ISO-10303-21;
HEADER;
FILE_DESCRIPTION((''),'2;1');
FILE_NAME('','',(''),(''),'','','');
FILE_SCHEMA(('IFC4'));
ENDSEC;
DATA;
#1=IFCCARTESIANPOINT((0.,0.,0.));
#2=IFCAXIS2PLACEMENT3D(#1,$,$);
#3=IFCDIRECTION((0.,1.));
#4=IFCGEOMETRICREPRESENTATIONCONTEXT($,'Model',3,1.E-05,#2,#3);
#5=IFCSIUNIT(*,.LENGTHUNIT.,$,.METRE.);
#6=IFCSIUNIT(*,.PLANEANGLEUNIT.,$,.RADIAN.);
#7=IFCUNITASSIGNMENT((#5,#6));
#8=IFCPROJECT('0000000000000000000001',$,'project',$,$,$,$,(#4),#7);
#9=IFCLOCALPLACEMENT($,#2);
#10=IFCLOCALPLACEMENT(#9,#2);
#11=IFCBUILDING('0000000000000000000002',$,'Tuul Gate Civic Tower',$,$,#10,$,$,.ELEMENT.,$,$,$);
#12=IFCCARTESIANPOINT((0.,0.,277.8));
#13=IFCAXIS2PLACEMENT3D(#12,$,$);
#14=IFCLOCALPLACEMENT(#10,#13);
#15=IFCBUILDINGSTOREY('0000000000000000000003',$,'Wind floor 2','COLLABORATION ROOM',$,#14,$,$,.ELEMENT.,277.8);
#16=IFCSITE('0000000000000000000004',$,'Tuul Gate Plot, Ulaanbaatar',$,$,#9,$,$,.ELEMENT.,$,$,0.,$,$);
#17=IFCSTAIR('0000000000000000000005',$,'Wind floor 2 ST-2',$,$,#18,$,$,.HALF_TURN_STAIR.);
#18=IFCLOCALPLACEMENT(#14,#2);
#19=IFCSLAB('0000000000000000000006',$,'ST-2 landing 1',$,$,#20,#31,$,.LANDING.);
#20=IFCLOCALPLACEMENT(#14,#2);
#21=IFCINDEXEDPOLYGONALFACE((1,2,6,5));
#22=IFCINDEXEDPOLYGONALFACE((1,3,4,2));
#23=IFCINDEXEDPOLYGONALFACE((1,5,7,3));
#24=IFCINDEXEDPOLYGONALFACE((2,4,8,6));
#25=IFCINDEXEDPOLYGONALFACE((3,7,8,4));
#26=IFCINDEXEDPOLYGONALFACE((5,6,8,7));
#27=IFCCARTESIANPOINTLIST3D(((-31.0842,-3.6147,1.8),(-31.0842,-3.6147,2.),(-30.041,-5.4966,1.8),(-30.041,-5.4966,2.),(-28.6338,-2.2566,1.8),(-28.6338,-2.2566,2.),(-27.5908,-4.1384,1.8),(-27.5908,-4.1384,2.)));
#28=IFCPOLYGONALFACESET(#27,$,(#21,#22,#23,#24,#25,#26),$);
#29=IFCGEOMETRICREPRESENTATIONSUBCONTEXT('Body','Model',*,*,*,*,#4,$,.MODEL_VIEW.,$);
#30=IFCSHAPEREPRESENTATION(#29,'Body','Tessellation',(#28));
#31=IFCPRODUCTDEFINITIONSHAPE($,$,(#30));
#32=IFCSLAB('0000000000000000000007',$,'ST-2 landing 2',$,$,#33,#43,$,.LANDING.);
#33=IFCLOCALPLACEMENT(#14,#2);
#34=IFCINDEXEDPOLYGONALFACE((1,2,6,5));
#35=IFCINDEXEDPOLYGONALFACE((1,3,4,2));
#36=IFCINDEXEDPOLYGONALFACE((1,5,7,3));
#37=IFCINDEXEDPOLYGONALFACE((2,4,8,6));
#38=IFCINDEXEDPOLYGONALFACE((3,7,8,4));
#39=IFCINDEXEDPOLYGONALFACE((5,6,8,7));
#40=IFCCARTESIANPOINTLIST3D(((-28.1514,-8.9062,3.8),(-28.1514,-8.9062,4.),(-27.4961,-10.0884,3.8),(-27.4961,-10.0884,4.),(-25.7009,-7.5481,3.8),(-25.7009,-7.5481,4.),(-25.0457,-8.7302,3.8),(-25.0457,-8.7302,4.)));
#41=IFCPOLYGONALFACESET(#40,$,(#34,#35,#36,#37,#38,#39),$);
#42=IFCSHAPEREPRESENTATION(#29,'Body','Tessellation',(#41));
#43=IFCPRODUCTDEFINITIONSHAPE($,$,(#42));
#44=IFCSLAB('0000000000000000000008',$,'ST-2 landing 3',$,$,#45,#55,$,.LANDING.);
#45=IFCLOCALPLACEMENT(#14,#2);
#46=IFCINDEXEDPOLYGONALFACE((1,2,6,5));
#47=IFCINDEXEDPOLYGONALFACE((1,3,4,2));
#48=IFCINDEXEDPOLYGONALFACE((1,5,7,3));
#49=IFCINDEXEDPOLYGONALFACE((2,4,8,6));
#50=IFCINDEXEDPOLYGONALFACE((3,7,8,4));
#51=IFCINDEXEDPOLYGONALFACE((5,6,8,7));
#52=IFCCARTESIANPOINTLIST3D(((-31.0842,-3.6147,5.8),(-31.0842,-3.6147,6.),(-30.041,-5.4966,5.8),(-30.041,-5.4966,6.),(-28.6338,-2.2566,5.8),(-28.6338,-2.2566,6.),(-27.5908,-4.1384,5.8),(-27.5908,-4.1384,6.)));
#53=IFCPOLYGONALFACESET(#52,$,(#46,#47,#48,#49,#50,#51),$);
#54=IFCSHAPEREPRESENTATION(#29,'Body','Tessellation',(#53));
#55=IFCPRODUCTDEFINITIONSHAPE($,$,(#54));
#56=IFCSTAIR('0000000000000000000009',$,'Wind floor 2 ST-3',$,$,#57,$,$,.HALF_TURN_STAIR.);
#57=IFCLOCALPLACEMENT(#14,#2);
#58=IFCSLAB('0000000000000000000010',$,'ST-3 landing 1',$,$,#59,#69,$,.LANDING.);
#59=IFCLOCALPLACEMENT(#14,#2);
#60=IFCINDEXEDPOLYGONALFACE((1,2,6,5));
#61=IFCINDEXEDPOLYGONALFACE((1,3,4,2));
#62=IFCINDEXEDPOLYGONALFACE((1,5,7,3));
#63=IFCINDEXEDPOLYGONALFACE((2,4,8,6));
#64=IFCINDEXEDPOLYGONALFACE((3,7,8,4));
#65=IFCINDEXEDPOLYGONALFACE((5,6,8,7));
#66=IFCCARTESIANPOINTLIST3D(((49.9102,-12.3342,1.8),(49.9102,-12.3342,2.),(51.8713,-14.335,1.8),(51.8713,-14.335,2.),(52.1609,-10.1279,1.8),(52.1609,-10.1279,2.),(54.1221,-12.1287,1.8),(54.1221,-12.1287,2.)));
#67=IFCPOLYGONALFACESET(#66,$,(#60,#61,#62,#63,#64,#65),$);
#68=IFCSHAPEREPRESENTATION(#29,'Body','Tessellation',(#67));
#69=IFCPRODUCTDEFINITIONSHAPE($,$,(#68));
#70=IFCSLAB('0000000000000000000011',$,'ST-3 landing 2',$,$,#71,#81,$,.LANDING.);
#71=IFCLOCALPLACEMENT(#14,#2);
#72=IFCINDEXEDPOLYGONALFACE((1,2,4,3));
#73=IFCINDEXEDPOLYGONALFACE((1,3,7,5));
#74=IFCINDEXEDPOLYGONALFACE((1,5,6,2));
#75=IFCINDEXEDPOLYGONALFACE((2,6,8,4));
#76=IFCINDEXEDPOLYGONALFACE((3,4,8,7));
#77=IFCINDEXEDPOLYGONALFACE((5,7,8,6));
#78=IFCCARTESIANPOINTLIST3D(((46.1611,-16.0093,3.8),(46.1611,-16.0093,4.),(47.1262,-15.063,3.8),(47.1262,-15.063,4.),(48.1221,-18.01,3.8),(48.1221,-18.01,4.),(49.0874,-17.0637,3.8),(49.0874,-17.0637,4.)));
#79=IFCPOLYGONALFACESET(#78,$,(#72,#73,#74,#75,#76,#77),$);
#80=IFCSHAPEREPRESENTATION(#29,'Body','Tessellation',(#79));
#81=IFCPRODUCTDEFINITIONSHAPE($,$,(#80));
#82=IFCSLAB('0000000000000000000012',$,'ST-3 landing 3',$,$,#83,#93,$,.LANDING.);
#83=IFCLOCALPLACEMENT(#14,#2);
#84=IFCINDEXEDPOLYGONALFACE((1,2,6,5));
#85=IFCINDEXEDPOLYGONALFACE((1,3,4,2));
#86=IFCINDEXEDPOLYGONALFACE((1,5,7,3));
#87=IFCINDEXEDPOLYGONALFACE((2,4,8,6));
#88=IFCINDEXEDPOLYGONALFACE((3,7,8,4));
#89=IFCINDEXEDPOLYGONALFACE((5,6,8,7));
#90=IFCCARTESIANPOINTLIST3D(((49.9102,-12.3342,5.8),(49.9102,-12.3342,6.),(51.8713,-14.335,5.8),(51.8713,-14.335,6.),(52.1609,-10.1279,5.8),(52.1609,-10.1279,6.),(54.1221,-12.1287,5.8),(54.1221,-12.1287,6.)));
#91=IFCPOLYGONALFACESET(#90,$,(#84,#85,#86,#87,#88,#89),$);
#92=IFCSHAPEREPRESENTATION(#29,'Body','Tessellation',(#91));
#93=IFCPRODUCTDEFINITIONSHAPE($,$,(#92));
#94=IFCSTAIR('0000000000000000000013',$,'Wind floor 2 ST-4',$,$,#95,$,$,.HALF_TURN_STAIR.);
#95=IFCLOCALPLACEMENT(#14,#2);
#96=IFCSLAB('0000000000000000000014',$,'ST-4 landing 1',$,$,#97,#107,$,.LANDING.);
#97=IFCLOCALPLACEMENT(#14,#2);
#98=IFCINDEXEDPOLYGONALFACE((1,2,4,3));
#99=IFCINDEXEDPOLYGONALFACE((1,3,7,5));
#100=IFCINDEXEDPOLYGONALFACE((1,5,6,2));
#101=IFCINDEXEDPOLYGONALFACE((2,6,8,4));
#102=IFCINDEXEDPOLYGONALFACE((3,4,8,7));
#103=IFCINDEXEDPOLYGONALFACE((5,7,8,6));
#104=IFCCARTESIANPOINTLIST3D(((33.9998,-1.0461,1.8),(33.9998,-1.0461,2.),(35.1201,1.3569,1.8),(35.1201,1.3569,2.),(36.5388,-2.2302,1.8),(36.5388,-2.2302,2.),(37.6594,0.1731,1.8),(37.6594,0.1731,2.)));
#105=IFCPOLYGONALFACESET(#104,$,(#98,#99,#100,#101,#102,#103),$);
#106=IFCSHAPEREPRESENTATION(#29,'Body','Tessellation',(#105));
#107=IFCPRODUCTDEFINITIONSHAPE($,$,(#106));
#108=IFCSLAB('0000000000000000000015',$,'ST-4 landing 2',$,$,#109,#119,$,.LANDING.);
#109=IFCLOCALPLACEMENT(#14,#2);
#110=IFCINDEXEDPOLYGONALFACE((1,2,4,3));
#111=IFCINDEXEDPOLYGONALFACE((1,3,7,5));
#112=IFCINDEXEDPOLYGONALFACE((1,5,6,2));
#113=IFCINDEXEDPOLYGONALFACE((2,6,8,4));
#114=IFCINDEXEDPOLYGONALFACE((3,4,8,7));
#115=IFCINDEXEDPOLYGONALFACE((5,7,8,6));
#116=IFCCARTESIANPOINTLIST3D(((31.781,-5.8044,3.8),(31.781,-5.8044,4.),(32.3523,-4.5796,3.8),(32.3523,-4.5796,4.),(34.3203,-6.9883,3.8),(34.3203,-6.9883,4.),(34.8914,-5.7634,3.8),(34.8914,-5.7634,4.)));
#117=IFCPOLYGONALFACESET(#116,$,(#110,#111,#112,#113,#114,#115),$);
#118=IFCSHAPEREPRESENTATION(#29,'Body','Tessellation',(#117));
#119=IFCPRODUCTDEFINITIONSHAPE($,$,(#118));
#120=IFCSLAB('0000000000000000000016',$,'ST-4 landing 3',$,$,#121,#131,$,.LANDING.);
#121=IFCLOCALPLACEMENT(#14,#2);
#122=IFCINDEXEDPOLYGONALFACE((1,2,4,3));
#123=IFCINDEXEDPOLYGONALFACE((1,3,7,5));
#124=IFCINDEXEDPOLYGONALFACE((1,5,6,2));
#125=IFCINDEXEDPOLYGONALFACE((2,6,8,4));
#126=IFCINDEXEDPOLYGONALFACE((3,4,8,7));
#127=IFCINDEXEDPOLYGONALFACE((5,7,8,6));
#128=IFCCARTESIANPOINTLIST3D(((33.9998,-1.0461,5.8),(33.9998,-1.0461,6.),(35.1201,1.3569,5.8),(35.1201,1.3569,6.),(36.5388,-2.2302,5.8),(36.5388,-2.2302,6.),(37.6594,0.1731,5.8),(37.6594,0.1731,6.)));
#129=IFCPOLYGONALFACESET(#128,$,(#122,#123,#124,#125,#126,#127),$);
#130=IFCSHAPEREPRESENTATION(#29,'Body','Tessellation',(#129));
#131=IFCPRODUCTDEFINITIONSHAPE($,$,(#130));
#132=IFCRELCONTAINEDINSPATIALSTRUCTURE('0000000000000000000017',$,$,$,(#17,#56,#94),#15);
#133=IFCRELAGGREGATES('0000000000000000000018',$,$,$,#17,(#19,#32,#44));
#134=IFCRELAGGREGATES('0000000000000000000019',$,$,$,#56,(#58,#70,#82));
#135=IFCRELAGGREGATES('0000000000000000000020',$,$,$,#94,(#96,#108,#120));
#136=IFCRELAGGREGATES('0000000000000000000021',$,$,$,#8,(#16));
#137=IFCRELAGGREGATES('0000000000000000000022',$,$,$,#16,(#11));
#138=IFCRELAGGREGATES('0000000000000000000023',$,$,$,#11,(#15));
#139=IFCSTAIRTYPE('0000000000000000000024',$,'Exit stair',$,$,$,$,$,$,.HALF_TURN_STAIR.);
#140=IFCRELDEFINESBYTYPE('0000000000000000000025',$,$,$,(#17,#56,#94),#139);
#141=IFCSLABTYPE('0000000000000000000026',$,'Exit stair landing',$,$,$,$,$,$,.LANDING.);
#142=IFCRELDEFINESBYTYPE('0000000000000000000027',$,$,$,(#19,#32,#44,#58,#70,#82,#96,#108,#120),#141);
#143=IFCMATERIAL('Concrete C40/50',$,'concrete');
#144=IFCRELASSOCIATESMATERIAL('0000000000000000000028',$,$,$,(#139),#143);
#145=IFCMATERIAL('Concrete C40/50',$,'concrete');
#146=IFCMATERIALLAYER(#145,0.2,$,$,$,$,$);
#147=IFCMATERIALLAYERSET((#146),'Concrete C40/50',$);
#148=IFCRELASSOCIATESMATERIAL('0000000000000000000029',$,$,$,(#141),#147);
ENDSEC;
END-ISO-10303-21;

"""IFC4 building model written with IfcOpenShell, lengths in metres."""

from ifc_helpers import new_model, si_unit, direction, frame, origin, place, context, subcontext, project, spatial, polyline, outline, extrude, material, layer, layer_set, type_object, element, aggregate, save


model = new_model("IFC4")

# Units and contexts
model_context = context("Model", 3, precision=1e-05, world=origin(), true_north=direction((0.0, 1.0)))
body_context = subcontext(model_context, "Body", "Model", "MODEL_VIEW")
ifc_project = project(units=[si_unit("LENGTHUNIT", "METRE"), si_unit("PLANEANGLEUNIT", "RADIAN")], contexts=[model_context])

# Site, building, storey
site_placement = place(None, origin())
site = spatial("IfcSite", under=ifc_project, at=site_placement, Name="Tuul Gate Plot, Ulaanbaatar", CompositionType="ELEMENT", RefElevation=0.0)
building_placement = place(site_placement, origin())
building = spatial("IfcBuilding", under=site, at=building_placement, Name="Tuul Gate Civic Tower", CompositionType="ELEMENT")
storey_placement = place(building_placement, frame((0.0, 0.0, 277.8)))
storey = spatial("IfcBuildingStorey", under=building, at=storey_placement, Name="Wind floor 2", Description="COLLABORATION ROOM", CompositionType="ELEMENT", Elevation=277.8)

# Stairs, slabs
ifc_material_1 = material(Name="Concrete C40/50", Category="concrete")
stair_type = type_object("IfcStairType", Name="Exit stair", PredefinedType="HALF_TURN_STAIR", material=ifc_material_1)
ifc_material_2 = material(Name="Concrete C40/50", Category="concrete")
ifc_layer = layer(ifc_material_2, 0.2)
ifc_layer_set = layer_set([ifc_layer], Name="Concrete C40/50")
slab_type = type_object("IfcSlabType", Name="Exit stair landing", PredefinedType="LANDING", material=ifc_layer_set)
stair_1_placement = place(storey_placement, origin())
stair_1 = element("IfcStair", 1, at=stair_1_placement, inside=storey, type_object=stair_type, Name="Wind floor 2 ST-2", PredefinedType="HALF_TURN_STAIR")
slab_1_placement = place(storey_placement, frame((0.0, 0.0, 1.8)))
slab_1 = element("IfcSlab", 2, at=slab_1_placement, type_object=slab_type, Name="ST-2 landing 1", PredefinedType="LANDING", context=body_context, shape_type="SweptSolid", body=[
    extrude(outline(polyline([(-27.5908, -4.1384), (-30.041, -5.4966), (-31.0842, -3.6147), (-28.6338, -2.2566), (-27.5908, -4.1384)])), origin(), (0.0, 0.0, 1.0), 0.2),
])
slab_2_placement = place(storey_placement, frame((0.0, 0.0, 3.8)))
slab_2 = element("IfcSlab", 3, at=slab_2_placement, type_object=slab_type, Name="ST-2 landing 2", PredefinedType="LANDING", context=body_context, shape_type="SweptSolid", body=[
    extrude(outline(polyline([(-25.0457, -8.7302), (-27.4961, -10.0884), (-28.1514, -8.9062), (-25.7009, -7.5481), (-25.0457, -8.7302)])), origin(), (0.0, 0.0, 1.0), 0.2),
])
slab_3_placement = place(storey_placement, frame((0.0, 0.0, 5.8)))
slab_3 = element("IfcSlab", 4, at=slab_3_placement, type_object=slab_type, Name="ST-2 landing 3", PredefinedType="LANDING", context=body_context, shape_type="SweptSolid", body=[
    extrude(outline(polyline([(-27.5908, -4.1384), (-30.041, -5.4966), (-31.0842, -3.6147), (-28.6338, -2.2566), (-27.5908, -4.1384)])), origin(), (0.0, 0.0, 1.0), 0.2),
])
aggregate(stair_1, [slab_1, slab_2, slab_3])
stair_2_placement = place(storey_placement, origin())
stair_2 = element("IfcStair", 5, at=stair_2_placement, inside=storey, type_object=stair_type, Name="Wind floor 2 ST-3", PredefinedType="HALF_TURN_STAIR")
slab_4_placement = place(storey_placement, frame((0.0, 0.0, 1.8)))
slab_4 = element("IfcSlab", 6, at=slab_4_placement, type_object=slab_type, Name="ST-3 landing 1", PredefinedType="LANDING", context=body_context, shape_type="SweptSolid", body=[
    extrude(outline(polyline([(51.8713, -14.335), (49.9102, -12.3342), (52.1609, -10.1279), (54.1221, -12.1287), (51.8713, -14.335)])), origin(), (0.0, 0.0, 1.0), 0.2),
])
slab_5_placement = place(storey_placement, frame((0.0, 0.0, 3.8)))
slab_5 = element("IfcSlab", 7, at=slab_5_placement, type_object=slab_type, Name="ST-3 landing 2", PredefinedType="LANDING", context=body_context, shape_type="SweptSolid", body=[
    extrude(outline(polyline([(48.1221, -18.01), (46.1611, -16.0093), (47.1262, -15.063), (49.0874, -17.0637), (48.1221, -18.01)])), origin(), (0.0, 0.0, 1.0), 0.2),
])
slab_6_placement = place(storey_placement, frame((0.0, 0.0, 5.8)))
slab_6 = element("IfcSlab", 8, at=slab_6_placement, type_object=slab_type, Name="ST-3 landing 3", PredefinedType="LANDING", context=body_context, shape_type="SweptSolid", body=[
    extrude(outline(polyline([(51.8713, -14.335), (49.9102, -12.3342), (52.1609, -10.1279), (54.1221, -12.1287), (51.8713, -14.335)])), origin(), (0.0, 0.0, 1.0), 0.2),
])
aggregate(stair_2, [slab_4, slab_5, slab_6])
stair_3_placement = place(storey_placement, origin())
stair_3 = element("IfcStair", 9, at=stair_3_placement, inside=storey, type_object=stair_type, Name="Wind floor 2 ST-4", PredefinedType="HALF_TURN_STAIR")
slab_7_placement = place(storey_placement, frame((0.0, 0.0, 1.8)))
slab_7 = element("IfcSlab", 10, at=slab_7_placement, type_object=slab_type, Name="ST-4 landing 1", PredefinedType="LANDING", context=body_context, shape_type="SweptSolid", body=[
    extrude(outline(polyline([(36.5388, -2.2302), (33.9998, -1.0461), (35.1201, 1.3569), (37.6594, 0.1731), (36.5388, -2.2302)])), origin(), (0.0, 0.0, 1.0), 0.2),
])
slab_8_placement = place(storey_placement, frame((0.0, 0.0, 3.8)))
slab_8 = element("IfcSlab", 11, at=slab_8_placement, type_object=slab_type, Name="ST-4 landing 2", PredefinedType="LANDING", context=body_context, shape_type="SweptSolid", body=[
    extrude(outline(polyline([(34.3203, -6.9883), (31.781, -5.8044), (32.3523, -4.5796), (34.8914, -5.7634), (34.3203, -6.9883)])), origin(), (0.0, 0.0, 1.0), 0.2),
])
slab_9_placement = place(storey_placement, frame((0.0, 0.0, 5.8)))
slab_9 = element("IfcSlab", 12, at=slab_9_placement, type_object=slab_type, Name="ST-4 landing 3", PredefinedType="LANDING", context=body_context, shape_type="SweptSolid", body=[
    extrude(outline(polyline([(36.5388, -2.2302), (33.9998, -1.0461), (35.1201, 1.3569), (37.6594, 0.1731), (36.5388, -2.2302)])), origin(), (0.0, 0.0, 1.0), 0.2),
])
aggregate(stair_3, [slab_7, slab_8, slab_9])

save(model, "model.ifc")
